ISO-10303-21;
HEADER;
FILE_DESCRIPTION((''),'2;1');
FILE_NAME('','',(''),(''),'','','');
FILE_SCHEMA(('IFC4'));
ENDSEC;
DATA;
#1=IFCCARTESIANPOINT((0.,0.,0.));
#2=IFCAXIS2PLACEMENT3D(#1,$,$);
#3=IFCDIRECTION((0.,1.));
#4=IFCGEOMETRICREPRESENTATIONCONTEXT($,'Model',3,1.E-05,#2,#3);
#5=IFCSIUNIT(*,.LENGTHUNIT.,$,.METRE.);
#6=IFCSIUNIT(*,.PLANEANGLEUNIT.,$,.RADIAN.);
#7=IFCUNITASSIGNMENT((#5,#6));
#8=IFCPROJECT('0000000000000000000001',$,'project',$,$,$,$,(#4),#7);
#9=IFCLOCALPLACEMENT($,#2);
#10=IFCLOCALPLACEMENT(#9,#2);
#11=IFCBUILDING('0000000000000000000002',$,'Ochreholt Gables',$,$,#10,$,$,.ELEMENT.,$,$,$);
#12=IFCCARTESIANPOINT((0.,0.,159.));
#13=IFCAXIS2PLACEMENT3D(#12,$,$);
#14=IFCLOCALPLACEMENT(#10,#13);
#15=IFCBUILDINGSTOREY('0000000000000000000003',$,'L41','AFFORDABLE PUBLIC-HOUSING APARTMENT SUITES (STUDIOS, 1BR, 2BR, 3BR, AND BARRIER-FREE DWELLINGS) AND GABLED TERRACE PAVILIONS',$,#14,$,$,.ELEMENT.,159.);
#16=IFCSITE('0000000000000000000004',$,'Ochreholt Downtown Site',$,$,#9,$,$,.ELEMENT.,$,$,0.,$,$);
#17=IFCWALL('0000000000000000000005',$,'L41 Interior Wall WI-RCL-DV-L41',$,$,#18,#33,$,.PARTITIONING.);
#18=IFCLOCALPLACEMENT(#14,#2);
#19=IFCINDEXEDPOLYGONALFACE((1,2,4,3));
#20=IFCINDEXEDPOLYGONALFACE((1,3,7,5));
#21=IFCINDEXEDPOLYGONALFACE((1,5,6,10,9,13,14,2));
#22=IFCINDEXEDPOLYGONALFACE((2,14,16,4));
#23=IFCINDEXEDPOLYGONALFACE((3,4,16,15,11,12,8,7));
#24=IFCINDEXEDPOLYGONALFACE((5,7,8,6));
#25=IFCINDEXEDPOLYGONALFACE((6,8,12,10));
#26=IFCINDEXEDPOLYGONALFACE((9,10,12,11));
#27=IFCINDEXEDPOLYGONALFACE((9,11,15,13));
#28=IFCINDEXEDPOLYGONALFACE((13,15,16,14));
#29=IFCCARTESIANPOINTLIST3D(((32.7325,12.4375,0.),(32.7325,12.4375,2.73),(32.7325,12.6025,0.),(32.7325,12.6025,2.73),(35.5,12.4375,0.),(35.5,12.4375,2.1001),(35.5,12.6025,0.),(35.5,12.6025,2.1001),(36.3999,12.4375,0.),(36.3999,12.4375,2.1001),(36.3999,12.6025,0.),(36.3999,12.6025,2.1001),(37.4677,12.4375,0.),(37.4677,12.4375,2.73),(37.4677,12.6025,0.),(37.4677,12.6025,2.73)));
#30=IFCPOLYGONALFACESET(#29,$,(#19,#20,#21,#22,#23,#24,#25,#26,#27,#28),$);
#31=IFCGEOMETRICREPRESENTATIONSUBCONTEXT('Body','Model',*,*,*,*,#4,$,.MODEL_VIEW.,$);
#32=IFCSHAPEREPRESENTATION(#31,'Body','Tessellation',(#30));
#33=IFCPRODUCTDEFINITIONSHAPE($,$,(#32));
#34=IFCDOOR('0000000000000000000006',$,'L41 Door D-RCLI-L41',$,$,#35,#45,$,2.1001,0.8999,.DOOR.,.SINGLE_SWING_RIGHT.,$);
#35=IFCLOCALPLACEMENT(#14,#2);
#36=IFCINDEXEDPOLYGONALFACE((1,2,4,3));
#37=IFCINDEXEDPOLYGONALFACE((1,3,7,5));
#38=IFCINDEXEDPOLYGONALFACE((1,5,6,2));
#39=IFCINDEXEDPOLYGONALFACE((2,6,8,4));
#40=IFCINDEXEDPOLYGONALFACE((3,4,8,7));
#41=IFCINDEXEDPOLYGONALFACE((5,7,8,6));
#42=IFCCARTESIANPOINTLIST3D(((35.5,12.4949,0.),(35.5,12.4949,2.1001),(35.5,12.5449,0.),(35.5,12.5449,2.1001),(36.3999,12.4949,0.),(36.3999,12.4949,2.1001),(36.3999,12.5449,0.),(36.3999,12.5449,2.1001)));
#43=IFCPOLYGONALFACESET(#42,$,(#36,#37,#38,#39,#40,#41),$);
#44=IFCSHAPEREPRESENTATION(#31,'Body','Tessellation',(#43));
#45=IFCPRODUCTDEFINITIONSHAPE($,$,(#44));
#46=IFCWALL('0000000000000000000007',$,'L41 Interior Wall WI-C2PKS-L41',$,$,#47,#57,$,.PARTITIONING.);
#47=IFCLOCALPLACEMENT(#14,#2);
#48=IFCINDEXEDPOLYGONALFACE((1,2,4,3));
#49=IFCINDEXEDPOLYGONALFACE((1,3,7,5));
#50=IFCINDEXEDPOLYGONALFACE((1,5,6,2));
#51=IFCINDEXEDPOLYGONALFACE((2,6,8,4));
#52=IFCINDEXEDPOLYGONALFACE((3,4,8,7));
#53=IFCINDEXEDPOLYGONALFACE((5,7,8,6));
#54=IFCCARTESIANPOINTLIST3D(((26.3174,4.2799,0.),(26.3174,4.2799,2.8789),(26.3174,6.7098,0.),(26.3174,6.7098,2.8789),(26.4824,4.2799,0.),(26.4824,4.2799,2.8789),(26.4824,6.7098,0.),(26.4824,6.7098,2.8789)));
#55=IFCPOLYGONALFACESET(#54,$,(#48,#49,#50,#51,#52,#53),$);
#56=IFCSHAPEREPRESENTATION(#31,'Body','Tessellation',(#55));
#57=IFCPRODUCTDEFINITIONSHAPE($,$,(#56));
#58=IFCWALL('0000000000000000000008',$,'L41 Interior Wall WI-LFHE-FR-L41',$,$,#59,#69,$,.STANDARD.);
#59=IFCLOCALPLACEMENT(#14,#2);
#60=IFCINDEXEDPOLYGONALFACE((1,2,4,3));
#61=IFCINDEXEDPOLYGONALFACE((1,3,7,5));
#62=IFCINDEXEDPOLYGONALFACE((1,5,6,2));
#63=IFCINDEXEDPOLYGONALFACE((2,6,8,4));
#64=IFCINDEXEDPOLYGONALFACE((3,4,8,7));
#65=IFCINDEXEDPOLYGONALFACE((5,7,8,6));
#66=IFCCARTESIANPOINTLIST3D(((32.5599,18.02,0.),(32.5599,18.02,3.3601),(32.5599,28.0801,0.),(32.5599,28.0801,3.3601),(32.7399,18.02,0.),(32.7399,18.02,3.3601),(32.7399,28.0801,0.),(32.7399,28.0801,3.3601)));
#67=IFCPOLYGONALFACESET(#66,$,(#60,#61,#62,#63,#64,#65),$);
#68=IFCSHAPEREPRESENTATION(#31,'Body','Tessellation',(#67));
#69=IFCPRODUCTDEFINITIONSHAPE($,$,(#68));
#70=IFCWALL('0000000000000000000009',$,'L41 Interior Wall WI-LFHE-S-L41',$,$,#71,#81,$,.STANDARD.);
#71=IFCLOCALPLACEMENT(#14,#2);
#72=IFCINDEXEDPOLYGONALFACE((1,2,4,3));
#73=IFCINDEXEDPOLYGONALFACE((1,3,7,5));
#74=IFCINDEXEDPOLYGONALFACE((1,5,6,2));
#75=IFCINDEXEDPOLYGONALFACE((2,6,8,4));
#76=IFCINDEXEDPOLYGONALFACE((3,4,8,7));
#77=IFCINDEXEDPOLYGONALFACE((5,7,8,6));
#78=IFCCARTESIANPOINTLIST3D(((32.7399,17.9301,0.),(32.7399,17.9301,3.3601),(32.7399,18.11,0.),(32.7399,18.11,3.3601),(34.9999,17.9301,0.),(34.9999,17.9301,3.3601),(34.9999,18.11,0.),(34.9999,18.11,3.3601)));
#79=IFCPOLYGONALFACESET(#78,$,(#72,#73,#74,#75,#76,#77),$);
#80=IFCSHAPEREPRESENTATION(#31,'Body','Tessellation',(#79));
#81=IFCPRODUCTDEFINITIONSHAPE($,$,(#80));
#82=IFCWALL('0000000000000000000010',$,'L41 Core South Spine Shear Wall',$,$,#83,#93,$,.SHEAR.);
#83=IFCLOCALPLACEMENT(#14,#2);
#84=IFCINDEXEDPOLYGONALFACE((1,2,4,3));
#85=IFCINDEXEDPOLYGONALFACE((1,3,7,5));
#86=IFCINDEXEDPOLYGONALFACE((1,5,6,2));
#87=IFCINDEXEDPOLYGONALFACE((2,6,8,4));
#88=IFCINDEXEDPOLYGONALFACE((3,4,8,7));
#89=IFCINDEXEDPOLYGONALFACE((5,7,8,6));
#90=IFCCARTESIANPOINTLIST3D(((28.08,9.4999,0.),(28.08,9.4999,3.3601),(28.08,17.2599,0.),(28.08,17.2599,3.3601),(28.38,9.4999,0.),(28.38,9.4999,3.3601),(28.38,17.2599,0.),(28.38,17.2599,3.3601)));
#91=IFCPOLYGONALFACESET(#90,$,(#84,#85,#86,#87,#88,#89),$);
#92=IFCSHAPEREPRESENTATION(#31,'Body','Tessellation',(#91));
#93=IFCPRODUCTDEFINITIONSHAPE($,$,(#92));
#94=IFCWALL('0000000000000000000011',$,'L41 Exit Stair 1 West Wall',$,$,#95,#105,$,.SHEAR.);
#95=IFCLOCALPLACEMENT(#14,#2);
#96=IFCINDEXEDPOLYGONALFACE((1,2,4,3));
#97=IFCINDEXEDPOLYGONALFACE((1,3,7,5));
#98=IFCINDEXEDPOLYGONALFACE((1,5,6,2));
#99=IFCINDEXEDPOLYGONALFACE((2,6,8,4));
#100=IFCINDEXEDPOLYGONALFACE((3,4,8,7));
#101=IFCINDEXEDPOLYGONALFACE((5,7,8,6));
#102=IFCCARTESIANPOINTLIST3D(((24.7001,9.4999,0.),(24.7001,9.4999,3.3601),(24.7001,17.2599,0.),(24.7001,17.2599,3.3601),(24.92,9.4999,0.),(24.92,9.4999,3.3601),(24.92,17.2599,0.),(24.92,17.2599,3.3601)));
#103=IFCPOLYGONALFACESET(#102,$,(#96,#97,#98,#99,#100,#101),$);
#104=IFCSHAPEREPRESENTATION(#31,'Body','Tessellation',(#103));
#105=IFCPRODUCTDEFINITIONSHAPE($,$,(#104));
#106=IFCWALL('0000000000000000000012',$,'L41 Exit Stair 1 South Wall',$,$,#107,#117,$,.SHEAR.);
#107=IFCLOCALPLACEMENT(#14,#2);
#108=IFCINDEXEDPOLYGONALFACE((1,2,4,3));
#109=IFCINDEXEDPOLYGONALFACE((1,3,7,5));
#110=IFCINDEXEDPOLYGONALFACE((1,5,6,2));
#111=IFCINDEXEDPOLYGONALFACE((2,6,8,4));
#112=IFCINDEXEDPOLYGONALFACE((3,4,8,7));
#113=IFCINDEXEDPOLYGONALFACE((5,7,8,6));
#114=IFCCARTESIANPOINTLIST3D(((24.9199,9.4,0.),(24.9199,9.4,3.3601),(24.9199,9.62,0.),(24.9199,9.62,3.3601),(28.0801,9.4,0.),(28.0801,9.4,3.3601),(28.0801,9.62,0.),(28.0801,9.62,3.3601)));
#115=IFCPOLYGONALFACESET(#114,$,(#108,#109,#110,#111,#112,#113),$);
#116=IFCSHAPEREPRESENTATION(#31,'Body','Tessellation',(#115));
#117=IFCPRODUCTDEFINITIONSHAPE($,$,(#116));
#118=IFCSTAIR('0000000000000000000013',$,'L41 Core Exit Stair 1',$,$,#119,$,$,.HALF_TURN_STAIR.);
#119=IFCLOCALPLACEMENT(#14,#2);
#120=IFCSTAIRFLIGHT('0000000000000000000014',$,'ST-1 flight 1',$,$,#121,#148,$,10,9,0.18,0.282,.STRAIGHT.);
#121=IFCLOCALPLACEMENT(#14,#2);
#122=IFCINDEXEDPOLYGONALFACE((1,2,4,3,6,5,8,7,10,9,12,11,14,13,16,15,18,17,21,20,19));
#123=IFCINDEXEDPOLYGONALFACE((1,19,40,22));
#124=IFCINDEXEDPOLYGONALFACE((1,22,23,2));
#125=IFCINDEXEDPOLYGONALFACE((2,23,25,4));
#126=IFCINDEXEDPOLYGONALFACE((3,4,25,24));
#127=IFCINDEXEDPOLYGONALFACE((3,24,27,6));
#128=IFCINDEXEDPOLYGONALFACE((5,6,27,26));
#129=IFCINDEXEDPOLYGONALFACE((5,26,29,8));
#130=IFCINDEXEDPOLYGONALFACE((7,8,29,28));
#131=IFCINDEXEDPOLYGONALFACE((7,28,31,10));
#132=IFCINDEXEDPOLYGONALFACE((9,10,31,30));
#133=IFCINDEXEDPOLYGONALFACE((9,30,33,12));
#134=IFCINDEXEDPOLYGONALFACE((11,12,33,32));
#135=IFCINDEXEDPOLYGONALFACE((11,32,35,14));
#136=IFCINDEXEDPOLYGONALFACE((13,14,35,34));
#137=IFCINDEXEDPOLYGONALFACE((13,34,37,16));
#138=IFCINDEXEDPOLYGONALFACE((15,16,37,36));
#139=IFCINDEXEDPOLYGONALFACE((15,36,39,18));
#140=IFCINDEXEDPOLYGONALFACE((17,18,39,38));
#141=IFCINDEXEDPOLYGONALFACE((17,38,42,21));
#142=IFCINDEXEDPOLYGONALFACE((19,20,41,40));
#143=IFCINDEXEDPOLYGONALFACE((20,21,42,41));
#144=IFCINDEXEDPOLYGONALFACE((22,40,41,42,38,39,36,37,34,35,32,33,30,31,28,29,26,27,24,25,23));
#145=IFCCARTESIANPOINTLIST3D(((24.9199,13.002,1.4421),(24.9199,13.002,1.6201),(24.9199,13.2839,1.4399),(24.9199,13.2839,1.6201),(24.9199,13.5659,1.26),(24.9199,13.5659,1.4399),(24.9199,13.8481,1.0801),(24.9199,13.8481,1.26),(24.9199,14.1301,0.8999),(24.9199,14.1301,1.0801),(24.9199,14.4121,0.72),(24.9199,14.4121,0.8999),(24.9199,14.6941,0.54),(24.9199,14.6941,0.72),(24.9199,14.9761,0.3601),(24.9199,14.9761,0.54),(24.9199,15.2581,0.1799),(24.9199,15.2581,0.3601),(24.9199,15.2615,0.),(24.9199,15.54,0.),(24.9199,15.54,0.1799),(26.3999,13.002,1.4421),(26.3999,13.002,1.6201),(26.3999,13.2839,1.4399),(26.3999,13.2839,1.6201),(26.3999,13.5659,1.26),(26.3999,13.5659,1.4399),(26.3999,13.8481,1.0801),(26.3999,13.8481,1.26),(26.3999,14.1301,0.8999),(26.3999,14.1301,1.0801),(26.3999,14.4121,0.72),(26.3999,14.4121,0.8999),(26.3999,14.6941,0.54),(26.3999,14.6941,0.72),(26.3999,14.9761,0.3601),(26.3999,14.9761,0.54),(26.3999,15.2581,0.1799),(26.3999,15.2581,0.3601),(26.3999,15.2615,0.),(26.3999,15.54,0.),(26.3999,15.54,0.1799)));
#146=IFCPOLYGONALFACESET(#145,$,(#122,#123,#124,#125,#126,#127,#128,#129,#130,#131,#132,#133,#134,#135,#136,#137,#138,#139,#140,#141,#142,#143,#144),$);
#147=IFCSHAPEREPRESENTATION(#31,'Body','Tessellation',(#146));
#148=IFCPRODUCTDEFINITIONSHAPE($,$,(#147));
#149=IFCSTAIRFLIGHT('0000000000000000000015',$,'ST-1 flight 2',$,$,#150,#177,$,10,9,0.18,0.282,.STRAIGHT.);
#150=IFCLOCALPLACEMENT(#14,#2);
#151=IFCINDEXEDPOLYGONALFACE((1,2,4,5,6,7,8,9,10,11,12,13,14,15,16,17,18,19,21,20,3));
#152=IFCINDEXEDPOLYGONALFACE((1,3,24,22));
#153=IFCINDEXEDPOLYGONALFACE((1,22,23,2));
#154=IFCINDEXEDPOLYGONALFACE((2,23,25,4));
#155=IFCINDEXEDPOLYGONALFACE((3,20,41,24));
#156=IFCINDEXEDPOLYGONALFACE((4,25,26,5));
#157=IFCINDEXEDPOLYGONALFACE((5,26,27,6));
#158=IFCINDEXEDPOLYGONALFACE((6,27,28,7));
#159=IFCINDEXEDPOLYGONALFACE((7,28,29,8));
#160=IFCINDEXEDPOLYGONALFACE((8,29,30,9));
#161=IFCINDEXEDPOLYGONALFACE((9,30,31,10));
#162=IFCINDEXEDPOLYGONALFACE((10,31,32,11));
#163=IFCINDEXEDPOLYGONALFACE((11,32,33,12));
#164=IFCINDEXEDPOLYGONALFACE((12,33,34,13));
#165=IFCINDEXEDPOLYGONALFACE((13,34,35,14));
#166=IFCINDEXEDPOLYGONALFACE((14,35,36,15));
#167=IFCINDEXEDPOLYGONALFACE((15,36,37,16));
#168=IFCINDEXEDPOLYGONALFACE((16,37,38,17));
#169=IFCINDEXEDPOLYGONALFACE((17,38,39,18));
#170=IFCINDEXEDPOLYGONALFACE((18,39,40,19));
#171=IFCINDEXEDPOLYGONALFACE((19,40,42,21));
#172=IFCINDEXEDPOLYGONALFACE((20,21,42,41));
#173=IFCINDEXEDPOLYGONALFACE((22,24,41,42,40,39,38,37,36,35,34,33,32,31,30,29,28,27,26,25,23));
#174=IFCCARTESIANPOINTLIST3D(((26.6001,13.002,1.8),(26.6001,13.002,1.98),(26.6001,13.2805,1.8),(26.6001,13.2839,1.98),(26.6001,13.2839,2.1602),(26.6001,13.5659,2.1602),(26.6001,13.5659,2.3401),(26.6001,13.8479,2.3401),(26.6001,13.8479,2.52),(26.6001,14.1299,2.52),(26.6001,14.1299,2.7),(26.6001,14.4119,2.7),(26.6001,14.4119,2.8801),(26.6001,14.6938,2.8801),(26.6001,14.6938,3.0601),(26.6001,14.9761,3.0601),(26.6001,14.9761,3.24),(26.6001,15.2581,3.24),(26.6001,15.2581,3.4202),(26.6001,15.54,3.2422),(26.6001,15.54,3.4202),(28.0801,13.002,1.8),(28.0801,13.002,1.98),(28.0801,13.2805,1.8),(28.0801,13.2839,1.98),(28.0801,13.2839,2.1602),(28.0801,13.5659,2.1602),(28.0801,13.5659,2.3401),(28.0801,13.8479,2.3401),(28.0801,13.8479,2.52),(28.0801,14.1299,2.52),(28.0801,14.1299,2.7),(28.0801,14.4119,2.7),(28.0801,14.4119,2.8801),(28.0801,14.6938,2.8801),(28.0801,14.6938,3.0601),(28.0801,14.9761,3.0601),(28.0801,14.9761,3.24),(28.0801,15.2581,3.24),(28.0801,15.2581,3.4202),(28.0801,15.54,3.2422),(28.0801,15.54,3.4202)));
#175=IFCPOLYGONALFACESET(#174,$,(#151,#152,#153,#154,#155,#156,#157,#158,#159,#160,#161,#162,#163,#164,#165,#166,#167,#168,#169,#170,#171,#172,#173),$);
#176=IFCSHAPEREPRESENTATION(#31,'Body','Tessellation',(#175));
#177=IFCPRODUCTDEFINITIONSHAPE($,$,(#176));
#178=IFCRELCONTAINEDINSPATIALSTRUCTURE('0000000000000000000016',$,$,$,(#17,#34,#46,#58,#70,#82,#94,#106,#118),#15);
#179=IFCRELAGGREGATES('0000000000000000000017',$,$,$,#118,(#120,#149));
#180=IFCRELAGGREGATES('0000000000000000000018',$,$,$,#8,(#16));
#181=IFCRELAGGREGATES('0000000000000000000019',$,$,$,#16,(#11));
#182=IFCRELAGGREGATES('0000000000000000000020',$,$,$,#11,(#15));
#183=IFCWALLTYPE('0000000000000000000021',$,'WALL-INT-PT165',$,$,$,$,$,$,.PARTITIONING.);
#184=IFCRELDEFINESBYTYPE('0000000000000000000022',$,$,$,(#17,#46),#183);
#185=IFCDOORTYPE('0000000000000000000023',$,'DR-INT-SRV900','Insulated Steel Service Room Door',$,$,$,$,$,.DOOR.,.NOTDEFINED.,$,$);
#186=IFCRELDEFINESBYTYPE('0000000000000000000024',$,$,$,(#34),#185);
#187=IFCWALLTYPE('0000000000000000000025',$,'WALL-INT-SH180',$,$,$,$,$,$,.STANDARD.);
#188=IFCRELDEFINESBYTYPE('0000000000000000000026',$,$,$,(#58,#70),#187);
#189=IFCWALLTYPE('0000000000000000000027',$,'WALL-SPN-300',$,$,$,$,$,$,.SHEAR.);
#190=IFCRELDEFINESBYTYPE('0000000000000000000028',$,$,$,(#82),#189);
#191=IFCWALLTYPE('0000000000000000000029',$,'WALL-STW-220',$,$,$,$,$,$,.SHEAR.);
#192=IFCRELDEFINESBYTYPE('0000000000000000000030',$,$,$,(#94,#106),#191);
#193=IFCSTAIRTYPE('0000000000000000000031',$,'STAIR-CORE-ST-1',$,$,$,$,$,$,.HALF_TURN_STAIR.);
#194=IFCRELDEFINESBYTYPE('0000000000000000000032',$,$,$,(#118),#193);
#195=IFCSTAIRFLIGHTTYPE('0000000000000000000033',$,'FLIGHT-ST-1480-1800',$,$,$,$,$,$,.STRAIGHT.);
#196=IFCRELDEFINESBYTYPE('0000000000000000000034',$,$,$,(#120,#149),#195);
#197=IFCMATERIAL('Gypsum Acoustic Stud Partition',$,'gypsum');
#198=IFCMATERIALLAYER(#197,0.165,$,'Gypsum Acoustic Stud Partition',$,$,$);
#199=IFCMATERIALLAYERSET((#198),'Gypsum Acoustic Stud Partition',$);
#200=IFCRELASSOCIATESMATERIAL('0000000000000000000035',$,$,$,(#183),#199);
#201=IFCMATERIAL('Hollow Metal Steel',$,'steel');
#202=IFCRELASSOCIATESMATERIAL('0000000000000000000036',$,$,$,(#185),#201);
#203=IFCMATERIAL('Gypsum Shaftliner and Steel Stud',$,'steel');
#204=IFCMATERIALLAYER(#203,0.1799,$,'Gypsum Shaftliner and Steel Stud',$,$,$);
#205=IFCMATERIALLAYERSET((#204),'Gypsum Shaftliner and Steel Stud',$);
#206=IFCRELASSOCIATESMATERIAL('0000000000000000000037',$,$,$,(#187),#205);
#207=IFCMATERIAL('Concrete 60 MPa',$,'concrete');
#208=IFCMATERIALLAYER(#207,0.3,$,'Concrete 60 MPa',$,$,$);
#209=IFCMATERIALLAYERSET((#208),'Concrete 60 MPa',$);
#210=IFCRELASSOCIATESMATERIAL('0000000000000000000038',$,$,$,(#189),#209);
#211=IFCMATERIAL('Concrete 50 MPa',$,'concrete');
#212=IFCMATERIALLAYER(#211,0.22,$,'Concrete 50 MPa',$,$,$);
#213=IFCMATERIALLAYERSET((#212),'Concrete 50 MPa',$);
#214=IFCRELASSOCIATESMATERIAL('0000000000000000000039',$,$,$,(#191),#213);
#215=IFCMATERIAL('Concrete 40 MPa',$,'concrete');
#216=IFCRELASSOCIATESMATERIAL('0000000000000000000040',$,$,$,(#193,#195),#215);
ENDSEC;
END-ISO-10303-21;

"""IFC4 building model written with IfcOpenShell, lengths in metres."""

from ifc_helpers import new_model, si_unit, direction, frame, frame_2d, origin, place, context, subcontext, project, spatial, polyline, rectangle, outline, extrude, material, layer, layer_set, type_object, element, fill, aggregate, save


model = new_model("IFC4")

# Units and contexts
model_context = context("Model", 3, precision=1e-05, world=origin(), true_north=direction((0.0, 1.0)))
body_context = subcontext(model_context, "Body", "Model", "MODEL_VIEW")
ifc_project = project(units=[si_unit("LENGTHUNIT", "METRE"), si_unit("PLANEANGLEUNIT", "RADIAN")], contexts=[model_context])

# Site, building, storey
site_placement = place(None, origin())
site = spatial("IfcSite", under=ifc_project, at=site_placement, Name="Ochreholt Downtown Site", CompositionType="ELEMENT", RefElevation=0.0)
building_placement = place(site_placement, origin())
building = spatial("IfcBuilding", under=site, at=building_placement, Name="Ochreholt Gables", CompositionType="ELEMENT")
storey_placement = place(building_placement, frame((0.0, 0.0, 159.0)))
storey = spatial("IfcBuildingStorey", under=building, at=storey_placement, Name="L41", Description="AFFORDABLE PUBLIC-HOUSING APARTMENT SUITES (STUDIOS, 1BR, 2BR, 3BR, AND BARRIER-FREE DWELLINGS) AND GABLED TERRACE PAVILIONS", CompositionType="ELEMENT", Elevation=159.0)

# Shared definitions
ifc_material_1 = material(Name="Concrete 50 MPa", Category="concrete")

# Shared definitions
ifc_material_2 = material(Name="Hollow Metal Steel", Category="steel")

# Shared definitions
ifc_material_3 = material(Name="Concrete 60 MPa", Category="concrete")
ifc_material_4 = material(Name="Concrete 40 MPa", Category="concrete")

# Shared definitions
ifc_material_5 = material(Name="Gypsum Acoustic Stud Partition", Category="gypsum")
ifc_layer_1 = layer(ifc_material_5, 0.165, Name="Gypsum Acoustic Stud Partition")
ifc_layer_set_1 = layer_set([ifc_layer_1], Name="Gypsum Acoustic Stud Partition")
wall_type_1 = type_object("IfcWallType", Name="WALL-INT-PT165", PredefinedType="PARTITIONING", material=ifc_layer_set_1)

# Wall, opening, door
wall_1_placement = place(storey_placement, frame((32.7324, 12.52, 0.0), z_axis=(0.0, 0.0, 1.0), x_axis=(1.0, 0.0, 0.0)))
wall_1 = element("IfcWall", 1, at=wall_1_placement, inside=storey, type_object=wall_type_1, Name="L41 Interior Wall WI-RCL-DV-L41", PredefinedType="PARTITIONING", context=body_context, shape_type="SweptSolid", body=[
    extrude(rectangle(XDim=4.7351, YDim=0.165, at=frame_2d((2.3677, 0.0))), origin(), (0.0, 0.0, 1.0), 2.73),
])
opening_1_placement = place(wall_1_placement, frame((2.7676, 0.0, 0.0)))
opening_1 = element("IfcOpeningElement", 2, at=opening_1_placement, cuts=wall_1, PredefinedType="OPENING", context=body_context, shape_type="SweptSolid", body=[
    extrude(rectangle(XDim=0.8999, YDim=2.1001, at=frame_2d((0.45, 1.05))), frame((0.0, 0.0925, 0.0), z_axis=(0.0, -1.0, 0.0), x_axis=(1.0, 0.0, 0.0)), (0.0, 0.0, 1.0), 0.1851),
])
door_type_1 = type_object("IfcDoorType", Name="DR-INT-SRV900", Description="Insulated Steel Service Room Door", OperationType="NOTDEFINED", PredefinedType="DOOR", material=ifc_material_2)
door_1_placement = place(opening_1_placement, origin())
door_1 = element("IfcDoor", 3, at=door_1_placement, inside=storey, type_object=door_type_1, Name="L41 Door D-RCLI-L41", OperationType="SINGLE_SWING_RIGHT", OverallHeight=2.1001, OverallWidth=0.8999, PredefinedType="DOOR", context=body_context, shape_type="SweptSolid", body=[
    extrude(rectangle(XDim=0.8999, YDim=2.1001, at=frame_2d((0.45, 1.05))), frame((0.0, 0.0249, 0.0), z_axis=(0.0, -1.0, 0.0), x_axis=(1.0, 0.0, 0.0)), (0.0, 0.0, 1.0), 0.05),
])
fill(opening_1, door_1)

# Walls
wall_2_placement = place(storey_placement, frame((26.3999, 4.28, 0.0), z_axis=(0.0, 0.0, 1.0), x_axis=(0.0, 1.0, 0.0)))
element("IfcWall", 4, at=wall_2_placement, inside=storey, type_object=wall_type_1, Name="L41 Interior Wall WI-C2PKS-L41", PredefinedType="PARTITIONING", context=body_context, shape_type="SweptSolid", body=[
    extrude(rectangle(XDim=2.4299, YDim=0.165, at=frame_2d((1.2148, 0.0))), origin(), (0.0, 0.0, 1.0), 2.8789),
])
ifc_material_6 = material(Name="Gypsum Shaftliner and Steel Stud", Category="steel")
ifc_layer_2 = layer(ifc_material_6, 0.1799, Name="Gypsum Shaftliner and Steel Stud")
ifc_layer_set_2 = layer_set([ifc_layer_2], Name="Gypsum Shaftliner and Steel Stud")
wall_type_2 = type_object("IfcWallType", Name="WALL-INT-SH180", PredefinedType="STANDARD", material=ifc_layer_set_2)
wall_3_placement = place(storey_placement, frame((32.6499, 18.02, 0.0), z_axis=(0.0, 0.0, 1.0), x_axis=(0.0, 1.0, 0.0)))
element("IfcWall", 5, at=wall_3_placement, inside=storey, type_object=wall_type_2, Name="L41 Interior Wall WI-LFHE-FR-L41", PredefinedType="STANDARD", context=body_context, shape_type="SweptSolid", body=[
    extrude(rectangle(XDim=10.0601, YDim=0.1799, at=frame_2d((5.03, 0.0))), origin(), (0.0, 0.0, 1.0), 3.3601),
])
wall_4_placement = place(storey_placement, frame((32.74, 18.02, 0.0), z_axis=(0.0, 0.0, 1.0), x_axis=(1.0, 0.0, 0.0)))
element("IfcWall", 6, at=wall_4_placement, inside=storey, type_object=wall_type_2, Name="L41 Interior Wall WI-LFHE-S-L41", PredefinedType="STANDARD", context=body_context, shape_type="SweptSolid", body=[
    extrude(rectangle(XDim=2.26, YDim=0.1799, at=frame_2d((1.1299, 0.0))), origin(), (0.0, 0.0, 1.0), 3.3601),
])
ifc_layer_3 = layer(ifc_material_3, 0.3, Name="Concrete 60 MPa")
ifc_layer_set_3 = layer_set([ifc_layer_3], Name="Concrete 60 MPa")
wall_type_3 = type_object("IfcWallType", Name="WALL-SPN-300", PredefinedType="SHEAR", material=ifc_layer_set_3)
wall_5_placement = place(storey_placement, frame((28.23, 9.5, 0.0), z_axis=(0.0, 0.0, 1.0), x_axis=(0.0, 1.0, 0.0)))
element("IfcWall", 7, at=wall_5_placement, inside=storey, type_object=wall_type_3, Name="L41 Core South Spine Shear Wall", PredefinedType="SHEAR", context=body_context, shape_type="SweptSolid", body=[
    extrude(rectangle(XDim=7.76, YDim=0.3, at=frame_2d((3.8799, 0.0))), origin(), (0.0, 0.0, 1.0), 3.3601),
])
ifc_layer_4 = layer(ifc_material_1, 0.22, Name="Concrete 50 MPa")
ifc_layer_set_4 = layer_set([ifc_layer_4], Name="Concrete 50 MPa")
wall_type_4 = type_object("IfcWallType", Name="WALL-STW-220", PredefinedType="SHEAR", material=ifc_layer_set_4)
wall_6_placement = place(storey_placement, frame((24.8101, 9.5, 0.0), z_axis=(0.0, 0.0, 1.0), x_axis=(0.0, 1.0, 0.0)))
element("IfcWall", 8, at=wall_6_placement, inside=storey, type_object=wall_type_4, Name="L41 Exit Stair 1 West Wall", PredefinedType="SHEAR", context=body_context, shape_type="SweptSolid", body=[
    extrude(rectangle(XDim=7.76, YDim=0.22, at=frame_2d((3.8799, 0.0))), origin(), (0.0, 0.0, 1.0), 3.3601),
])
wall_7_placement = place(storey_placement, frame((24.9199, 9.51, 0.0), z_axis=(0.0, 0.0, 1.0), x_axis=(1.0, 0.0, 0.0)))
element("IfcWall", 9, at=wall_7_placement, inside=storey, type_object=wall_type_4, Name="L41 Exit Stair 1 South Wall", PredefinedType="SHEAR", context=body_context, shape_type="SweptSolid", body=[
    extrude(rectangle(XDim=3.1602, YDim=0.22, at=frame_2d((1.5801, 0.0))), origin(), (0.0, 0.0, 1.0), 3.3601),
])

# Stair, stair flights
stair_type = type_object("IfcStairType", Name="STAIR-CORE-ST-1", PredefinedType="HALF_TURN_STAIR", material=ifc_material_4)
stair_placement = place(storey_placement, origin())
stair = element("IfcStair", 10, at=stair_placement, inside=storey, type_object=stair_type, Name="L41 Core Exit Stair 1", PredefinedType="HALF_TURN_STAIR")
stair_flight_type = type_object("IfcStairFlightType", Name="FLIGHT-ST-1480-1800", PredefinedType="STRAIGHT", material=ifc_material_4)
stair_flight_1_placement = place(storey_placement, frame((25.6599, 15.54, 0.0), z_axis=(0.0, 0.0, 1.0), x_axis=(0.0, -1.0, 0.0)))
stair_flight_1 = element("IfcStairFlight", 11, at=stair_flight_1_placement, type_object=stair_flight_type, Name="ST-1 flight 1", NumberOfRisers=10, NumberOfTreads=9, PredefinedType="STRAIGHT", RiserHeight=0.18, TreadLength=0.282, context=body_context, shape_type="SweptSolid", body=[
    extrude(outline(polyline([(0.0, 0.0), (0.0, 0.1799), (0.282, 0.1799), (0.282, 0.3601), (0.564, 0.3601), (0.564, 0.54), (0.8459, 0.54), (0.8459, 0.72), (1.1279, 0.72), (1.1279, 0.8999), (1.4099, 0.8999), (1.4099, 1.0801), (1.6919, 1.0801), (1.6919, 1.26), (1.9741, 1.26), (1.9741, 1.4399), (2.2561, 1.4399), (2.2561, 1.6201), (2.5381, 1.6201), (2.5381, 1.8), (2.5381, 1.4421), (0.2786, 0.0), (0.0, 0.0)])), frame((0.0, 0.74, 0.0), z_axis=(0.0, -1.0, 0.0), x_axis=(1.0, 0.0, 0.0)), (0.0, 0.0, 1.0), 1.48),
])
stair_flight_2_placement = place(storey_placement, frame((27.3401, 13.002, 1.8), z_axis=(0.0, 0.0, 1.0), x_axis=(0.0, 1.0, 0.0)))
stair_flight_2 = element("IfcStairFlight", 12, at=stair_flight_2_placement, type_object=stair_flight_type, Name="ST-1 flight 2", NumberOfRisers=10, NumberOfTreads=9, PredefinedType="STRAIGHT", RiserHeight=0.18, TreadLength=0.282, context=body_context, shape_type="SweptSolid", body=[
    extrude(outline(polyline([(0.0, 0.0), (0.0, 0.1799), (0.282, 0.1799), (0.282, 0.3601), (0.564, 0.3601), (0.564, 0.54), (0.8459, 0.54), (0.8459, 0.72), (1.1279, 0.72), (1.1279, 0.8999), (1.4099, 0.8999), (1.4099, 1.0801), (1.6919, 1.0801), (1.6919, 1.26), (1.9741, 1.26), (1.9741, 1.4399), (2.2561, 1.4399), (2.2561, 1.6201), (2.5381, 1.6201), (2.5381, 1.8), (2.5381, 1.4421), (0.2786, 0.0), (0.0, 0.0)])), frame((0.0, 0.74, 0.0), z_axis=(0.0, -1.0, 0.0), x_axis=(1.0, 0.0, 0.0)), (0.0, 0.0, 1.0), 1.48),
])
aggregate(stair, [stair_flight_1, stair_flight_2])

save(model, "model.ifc")
